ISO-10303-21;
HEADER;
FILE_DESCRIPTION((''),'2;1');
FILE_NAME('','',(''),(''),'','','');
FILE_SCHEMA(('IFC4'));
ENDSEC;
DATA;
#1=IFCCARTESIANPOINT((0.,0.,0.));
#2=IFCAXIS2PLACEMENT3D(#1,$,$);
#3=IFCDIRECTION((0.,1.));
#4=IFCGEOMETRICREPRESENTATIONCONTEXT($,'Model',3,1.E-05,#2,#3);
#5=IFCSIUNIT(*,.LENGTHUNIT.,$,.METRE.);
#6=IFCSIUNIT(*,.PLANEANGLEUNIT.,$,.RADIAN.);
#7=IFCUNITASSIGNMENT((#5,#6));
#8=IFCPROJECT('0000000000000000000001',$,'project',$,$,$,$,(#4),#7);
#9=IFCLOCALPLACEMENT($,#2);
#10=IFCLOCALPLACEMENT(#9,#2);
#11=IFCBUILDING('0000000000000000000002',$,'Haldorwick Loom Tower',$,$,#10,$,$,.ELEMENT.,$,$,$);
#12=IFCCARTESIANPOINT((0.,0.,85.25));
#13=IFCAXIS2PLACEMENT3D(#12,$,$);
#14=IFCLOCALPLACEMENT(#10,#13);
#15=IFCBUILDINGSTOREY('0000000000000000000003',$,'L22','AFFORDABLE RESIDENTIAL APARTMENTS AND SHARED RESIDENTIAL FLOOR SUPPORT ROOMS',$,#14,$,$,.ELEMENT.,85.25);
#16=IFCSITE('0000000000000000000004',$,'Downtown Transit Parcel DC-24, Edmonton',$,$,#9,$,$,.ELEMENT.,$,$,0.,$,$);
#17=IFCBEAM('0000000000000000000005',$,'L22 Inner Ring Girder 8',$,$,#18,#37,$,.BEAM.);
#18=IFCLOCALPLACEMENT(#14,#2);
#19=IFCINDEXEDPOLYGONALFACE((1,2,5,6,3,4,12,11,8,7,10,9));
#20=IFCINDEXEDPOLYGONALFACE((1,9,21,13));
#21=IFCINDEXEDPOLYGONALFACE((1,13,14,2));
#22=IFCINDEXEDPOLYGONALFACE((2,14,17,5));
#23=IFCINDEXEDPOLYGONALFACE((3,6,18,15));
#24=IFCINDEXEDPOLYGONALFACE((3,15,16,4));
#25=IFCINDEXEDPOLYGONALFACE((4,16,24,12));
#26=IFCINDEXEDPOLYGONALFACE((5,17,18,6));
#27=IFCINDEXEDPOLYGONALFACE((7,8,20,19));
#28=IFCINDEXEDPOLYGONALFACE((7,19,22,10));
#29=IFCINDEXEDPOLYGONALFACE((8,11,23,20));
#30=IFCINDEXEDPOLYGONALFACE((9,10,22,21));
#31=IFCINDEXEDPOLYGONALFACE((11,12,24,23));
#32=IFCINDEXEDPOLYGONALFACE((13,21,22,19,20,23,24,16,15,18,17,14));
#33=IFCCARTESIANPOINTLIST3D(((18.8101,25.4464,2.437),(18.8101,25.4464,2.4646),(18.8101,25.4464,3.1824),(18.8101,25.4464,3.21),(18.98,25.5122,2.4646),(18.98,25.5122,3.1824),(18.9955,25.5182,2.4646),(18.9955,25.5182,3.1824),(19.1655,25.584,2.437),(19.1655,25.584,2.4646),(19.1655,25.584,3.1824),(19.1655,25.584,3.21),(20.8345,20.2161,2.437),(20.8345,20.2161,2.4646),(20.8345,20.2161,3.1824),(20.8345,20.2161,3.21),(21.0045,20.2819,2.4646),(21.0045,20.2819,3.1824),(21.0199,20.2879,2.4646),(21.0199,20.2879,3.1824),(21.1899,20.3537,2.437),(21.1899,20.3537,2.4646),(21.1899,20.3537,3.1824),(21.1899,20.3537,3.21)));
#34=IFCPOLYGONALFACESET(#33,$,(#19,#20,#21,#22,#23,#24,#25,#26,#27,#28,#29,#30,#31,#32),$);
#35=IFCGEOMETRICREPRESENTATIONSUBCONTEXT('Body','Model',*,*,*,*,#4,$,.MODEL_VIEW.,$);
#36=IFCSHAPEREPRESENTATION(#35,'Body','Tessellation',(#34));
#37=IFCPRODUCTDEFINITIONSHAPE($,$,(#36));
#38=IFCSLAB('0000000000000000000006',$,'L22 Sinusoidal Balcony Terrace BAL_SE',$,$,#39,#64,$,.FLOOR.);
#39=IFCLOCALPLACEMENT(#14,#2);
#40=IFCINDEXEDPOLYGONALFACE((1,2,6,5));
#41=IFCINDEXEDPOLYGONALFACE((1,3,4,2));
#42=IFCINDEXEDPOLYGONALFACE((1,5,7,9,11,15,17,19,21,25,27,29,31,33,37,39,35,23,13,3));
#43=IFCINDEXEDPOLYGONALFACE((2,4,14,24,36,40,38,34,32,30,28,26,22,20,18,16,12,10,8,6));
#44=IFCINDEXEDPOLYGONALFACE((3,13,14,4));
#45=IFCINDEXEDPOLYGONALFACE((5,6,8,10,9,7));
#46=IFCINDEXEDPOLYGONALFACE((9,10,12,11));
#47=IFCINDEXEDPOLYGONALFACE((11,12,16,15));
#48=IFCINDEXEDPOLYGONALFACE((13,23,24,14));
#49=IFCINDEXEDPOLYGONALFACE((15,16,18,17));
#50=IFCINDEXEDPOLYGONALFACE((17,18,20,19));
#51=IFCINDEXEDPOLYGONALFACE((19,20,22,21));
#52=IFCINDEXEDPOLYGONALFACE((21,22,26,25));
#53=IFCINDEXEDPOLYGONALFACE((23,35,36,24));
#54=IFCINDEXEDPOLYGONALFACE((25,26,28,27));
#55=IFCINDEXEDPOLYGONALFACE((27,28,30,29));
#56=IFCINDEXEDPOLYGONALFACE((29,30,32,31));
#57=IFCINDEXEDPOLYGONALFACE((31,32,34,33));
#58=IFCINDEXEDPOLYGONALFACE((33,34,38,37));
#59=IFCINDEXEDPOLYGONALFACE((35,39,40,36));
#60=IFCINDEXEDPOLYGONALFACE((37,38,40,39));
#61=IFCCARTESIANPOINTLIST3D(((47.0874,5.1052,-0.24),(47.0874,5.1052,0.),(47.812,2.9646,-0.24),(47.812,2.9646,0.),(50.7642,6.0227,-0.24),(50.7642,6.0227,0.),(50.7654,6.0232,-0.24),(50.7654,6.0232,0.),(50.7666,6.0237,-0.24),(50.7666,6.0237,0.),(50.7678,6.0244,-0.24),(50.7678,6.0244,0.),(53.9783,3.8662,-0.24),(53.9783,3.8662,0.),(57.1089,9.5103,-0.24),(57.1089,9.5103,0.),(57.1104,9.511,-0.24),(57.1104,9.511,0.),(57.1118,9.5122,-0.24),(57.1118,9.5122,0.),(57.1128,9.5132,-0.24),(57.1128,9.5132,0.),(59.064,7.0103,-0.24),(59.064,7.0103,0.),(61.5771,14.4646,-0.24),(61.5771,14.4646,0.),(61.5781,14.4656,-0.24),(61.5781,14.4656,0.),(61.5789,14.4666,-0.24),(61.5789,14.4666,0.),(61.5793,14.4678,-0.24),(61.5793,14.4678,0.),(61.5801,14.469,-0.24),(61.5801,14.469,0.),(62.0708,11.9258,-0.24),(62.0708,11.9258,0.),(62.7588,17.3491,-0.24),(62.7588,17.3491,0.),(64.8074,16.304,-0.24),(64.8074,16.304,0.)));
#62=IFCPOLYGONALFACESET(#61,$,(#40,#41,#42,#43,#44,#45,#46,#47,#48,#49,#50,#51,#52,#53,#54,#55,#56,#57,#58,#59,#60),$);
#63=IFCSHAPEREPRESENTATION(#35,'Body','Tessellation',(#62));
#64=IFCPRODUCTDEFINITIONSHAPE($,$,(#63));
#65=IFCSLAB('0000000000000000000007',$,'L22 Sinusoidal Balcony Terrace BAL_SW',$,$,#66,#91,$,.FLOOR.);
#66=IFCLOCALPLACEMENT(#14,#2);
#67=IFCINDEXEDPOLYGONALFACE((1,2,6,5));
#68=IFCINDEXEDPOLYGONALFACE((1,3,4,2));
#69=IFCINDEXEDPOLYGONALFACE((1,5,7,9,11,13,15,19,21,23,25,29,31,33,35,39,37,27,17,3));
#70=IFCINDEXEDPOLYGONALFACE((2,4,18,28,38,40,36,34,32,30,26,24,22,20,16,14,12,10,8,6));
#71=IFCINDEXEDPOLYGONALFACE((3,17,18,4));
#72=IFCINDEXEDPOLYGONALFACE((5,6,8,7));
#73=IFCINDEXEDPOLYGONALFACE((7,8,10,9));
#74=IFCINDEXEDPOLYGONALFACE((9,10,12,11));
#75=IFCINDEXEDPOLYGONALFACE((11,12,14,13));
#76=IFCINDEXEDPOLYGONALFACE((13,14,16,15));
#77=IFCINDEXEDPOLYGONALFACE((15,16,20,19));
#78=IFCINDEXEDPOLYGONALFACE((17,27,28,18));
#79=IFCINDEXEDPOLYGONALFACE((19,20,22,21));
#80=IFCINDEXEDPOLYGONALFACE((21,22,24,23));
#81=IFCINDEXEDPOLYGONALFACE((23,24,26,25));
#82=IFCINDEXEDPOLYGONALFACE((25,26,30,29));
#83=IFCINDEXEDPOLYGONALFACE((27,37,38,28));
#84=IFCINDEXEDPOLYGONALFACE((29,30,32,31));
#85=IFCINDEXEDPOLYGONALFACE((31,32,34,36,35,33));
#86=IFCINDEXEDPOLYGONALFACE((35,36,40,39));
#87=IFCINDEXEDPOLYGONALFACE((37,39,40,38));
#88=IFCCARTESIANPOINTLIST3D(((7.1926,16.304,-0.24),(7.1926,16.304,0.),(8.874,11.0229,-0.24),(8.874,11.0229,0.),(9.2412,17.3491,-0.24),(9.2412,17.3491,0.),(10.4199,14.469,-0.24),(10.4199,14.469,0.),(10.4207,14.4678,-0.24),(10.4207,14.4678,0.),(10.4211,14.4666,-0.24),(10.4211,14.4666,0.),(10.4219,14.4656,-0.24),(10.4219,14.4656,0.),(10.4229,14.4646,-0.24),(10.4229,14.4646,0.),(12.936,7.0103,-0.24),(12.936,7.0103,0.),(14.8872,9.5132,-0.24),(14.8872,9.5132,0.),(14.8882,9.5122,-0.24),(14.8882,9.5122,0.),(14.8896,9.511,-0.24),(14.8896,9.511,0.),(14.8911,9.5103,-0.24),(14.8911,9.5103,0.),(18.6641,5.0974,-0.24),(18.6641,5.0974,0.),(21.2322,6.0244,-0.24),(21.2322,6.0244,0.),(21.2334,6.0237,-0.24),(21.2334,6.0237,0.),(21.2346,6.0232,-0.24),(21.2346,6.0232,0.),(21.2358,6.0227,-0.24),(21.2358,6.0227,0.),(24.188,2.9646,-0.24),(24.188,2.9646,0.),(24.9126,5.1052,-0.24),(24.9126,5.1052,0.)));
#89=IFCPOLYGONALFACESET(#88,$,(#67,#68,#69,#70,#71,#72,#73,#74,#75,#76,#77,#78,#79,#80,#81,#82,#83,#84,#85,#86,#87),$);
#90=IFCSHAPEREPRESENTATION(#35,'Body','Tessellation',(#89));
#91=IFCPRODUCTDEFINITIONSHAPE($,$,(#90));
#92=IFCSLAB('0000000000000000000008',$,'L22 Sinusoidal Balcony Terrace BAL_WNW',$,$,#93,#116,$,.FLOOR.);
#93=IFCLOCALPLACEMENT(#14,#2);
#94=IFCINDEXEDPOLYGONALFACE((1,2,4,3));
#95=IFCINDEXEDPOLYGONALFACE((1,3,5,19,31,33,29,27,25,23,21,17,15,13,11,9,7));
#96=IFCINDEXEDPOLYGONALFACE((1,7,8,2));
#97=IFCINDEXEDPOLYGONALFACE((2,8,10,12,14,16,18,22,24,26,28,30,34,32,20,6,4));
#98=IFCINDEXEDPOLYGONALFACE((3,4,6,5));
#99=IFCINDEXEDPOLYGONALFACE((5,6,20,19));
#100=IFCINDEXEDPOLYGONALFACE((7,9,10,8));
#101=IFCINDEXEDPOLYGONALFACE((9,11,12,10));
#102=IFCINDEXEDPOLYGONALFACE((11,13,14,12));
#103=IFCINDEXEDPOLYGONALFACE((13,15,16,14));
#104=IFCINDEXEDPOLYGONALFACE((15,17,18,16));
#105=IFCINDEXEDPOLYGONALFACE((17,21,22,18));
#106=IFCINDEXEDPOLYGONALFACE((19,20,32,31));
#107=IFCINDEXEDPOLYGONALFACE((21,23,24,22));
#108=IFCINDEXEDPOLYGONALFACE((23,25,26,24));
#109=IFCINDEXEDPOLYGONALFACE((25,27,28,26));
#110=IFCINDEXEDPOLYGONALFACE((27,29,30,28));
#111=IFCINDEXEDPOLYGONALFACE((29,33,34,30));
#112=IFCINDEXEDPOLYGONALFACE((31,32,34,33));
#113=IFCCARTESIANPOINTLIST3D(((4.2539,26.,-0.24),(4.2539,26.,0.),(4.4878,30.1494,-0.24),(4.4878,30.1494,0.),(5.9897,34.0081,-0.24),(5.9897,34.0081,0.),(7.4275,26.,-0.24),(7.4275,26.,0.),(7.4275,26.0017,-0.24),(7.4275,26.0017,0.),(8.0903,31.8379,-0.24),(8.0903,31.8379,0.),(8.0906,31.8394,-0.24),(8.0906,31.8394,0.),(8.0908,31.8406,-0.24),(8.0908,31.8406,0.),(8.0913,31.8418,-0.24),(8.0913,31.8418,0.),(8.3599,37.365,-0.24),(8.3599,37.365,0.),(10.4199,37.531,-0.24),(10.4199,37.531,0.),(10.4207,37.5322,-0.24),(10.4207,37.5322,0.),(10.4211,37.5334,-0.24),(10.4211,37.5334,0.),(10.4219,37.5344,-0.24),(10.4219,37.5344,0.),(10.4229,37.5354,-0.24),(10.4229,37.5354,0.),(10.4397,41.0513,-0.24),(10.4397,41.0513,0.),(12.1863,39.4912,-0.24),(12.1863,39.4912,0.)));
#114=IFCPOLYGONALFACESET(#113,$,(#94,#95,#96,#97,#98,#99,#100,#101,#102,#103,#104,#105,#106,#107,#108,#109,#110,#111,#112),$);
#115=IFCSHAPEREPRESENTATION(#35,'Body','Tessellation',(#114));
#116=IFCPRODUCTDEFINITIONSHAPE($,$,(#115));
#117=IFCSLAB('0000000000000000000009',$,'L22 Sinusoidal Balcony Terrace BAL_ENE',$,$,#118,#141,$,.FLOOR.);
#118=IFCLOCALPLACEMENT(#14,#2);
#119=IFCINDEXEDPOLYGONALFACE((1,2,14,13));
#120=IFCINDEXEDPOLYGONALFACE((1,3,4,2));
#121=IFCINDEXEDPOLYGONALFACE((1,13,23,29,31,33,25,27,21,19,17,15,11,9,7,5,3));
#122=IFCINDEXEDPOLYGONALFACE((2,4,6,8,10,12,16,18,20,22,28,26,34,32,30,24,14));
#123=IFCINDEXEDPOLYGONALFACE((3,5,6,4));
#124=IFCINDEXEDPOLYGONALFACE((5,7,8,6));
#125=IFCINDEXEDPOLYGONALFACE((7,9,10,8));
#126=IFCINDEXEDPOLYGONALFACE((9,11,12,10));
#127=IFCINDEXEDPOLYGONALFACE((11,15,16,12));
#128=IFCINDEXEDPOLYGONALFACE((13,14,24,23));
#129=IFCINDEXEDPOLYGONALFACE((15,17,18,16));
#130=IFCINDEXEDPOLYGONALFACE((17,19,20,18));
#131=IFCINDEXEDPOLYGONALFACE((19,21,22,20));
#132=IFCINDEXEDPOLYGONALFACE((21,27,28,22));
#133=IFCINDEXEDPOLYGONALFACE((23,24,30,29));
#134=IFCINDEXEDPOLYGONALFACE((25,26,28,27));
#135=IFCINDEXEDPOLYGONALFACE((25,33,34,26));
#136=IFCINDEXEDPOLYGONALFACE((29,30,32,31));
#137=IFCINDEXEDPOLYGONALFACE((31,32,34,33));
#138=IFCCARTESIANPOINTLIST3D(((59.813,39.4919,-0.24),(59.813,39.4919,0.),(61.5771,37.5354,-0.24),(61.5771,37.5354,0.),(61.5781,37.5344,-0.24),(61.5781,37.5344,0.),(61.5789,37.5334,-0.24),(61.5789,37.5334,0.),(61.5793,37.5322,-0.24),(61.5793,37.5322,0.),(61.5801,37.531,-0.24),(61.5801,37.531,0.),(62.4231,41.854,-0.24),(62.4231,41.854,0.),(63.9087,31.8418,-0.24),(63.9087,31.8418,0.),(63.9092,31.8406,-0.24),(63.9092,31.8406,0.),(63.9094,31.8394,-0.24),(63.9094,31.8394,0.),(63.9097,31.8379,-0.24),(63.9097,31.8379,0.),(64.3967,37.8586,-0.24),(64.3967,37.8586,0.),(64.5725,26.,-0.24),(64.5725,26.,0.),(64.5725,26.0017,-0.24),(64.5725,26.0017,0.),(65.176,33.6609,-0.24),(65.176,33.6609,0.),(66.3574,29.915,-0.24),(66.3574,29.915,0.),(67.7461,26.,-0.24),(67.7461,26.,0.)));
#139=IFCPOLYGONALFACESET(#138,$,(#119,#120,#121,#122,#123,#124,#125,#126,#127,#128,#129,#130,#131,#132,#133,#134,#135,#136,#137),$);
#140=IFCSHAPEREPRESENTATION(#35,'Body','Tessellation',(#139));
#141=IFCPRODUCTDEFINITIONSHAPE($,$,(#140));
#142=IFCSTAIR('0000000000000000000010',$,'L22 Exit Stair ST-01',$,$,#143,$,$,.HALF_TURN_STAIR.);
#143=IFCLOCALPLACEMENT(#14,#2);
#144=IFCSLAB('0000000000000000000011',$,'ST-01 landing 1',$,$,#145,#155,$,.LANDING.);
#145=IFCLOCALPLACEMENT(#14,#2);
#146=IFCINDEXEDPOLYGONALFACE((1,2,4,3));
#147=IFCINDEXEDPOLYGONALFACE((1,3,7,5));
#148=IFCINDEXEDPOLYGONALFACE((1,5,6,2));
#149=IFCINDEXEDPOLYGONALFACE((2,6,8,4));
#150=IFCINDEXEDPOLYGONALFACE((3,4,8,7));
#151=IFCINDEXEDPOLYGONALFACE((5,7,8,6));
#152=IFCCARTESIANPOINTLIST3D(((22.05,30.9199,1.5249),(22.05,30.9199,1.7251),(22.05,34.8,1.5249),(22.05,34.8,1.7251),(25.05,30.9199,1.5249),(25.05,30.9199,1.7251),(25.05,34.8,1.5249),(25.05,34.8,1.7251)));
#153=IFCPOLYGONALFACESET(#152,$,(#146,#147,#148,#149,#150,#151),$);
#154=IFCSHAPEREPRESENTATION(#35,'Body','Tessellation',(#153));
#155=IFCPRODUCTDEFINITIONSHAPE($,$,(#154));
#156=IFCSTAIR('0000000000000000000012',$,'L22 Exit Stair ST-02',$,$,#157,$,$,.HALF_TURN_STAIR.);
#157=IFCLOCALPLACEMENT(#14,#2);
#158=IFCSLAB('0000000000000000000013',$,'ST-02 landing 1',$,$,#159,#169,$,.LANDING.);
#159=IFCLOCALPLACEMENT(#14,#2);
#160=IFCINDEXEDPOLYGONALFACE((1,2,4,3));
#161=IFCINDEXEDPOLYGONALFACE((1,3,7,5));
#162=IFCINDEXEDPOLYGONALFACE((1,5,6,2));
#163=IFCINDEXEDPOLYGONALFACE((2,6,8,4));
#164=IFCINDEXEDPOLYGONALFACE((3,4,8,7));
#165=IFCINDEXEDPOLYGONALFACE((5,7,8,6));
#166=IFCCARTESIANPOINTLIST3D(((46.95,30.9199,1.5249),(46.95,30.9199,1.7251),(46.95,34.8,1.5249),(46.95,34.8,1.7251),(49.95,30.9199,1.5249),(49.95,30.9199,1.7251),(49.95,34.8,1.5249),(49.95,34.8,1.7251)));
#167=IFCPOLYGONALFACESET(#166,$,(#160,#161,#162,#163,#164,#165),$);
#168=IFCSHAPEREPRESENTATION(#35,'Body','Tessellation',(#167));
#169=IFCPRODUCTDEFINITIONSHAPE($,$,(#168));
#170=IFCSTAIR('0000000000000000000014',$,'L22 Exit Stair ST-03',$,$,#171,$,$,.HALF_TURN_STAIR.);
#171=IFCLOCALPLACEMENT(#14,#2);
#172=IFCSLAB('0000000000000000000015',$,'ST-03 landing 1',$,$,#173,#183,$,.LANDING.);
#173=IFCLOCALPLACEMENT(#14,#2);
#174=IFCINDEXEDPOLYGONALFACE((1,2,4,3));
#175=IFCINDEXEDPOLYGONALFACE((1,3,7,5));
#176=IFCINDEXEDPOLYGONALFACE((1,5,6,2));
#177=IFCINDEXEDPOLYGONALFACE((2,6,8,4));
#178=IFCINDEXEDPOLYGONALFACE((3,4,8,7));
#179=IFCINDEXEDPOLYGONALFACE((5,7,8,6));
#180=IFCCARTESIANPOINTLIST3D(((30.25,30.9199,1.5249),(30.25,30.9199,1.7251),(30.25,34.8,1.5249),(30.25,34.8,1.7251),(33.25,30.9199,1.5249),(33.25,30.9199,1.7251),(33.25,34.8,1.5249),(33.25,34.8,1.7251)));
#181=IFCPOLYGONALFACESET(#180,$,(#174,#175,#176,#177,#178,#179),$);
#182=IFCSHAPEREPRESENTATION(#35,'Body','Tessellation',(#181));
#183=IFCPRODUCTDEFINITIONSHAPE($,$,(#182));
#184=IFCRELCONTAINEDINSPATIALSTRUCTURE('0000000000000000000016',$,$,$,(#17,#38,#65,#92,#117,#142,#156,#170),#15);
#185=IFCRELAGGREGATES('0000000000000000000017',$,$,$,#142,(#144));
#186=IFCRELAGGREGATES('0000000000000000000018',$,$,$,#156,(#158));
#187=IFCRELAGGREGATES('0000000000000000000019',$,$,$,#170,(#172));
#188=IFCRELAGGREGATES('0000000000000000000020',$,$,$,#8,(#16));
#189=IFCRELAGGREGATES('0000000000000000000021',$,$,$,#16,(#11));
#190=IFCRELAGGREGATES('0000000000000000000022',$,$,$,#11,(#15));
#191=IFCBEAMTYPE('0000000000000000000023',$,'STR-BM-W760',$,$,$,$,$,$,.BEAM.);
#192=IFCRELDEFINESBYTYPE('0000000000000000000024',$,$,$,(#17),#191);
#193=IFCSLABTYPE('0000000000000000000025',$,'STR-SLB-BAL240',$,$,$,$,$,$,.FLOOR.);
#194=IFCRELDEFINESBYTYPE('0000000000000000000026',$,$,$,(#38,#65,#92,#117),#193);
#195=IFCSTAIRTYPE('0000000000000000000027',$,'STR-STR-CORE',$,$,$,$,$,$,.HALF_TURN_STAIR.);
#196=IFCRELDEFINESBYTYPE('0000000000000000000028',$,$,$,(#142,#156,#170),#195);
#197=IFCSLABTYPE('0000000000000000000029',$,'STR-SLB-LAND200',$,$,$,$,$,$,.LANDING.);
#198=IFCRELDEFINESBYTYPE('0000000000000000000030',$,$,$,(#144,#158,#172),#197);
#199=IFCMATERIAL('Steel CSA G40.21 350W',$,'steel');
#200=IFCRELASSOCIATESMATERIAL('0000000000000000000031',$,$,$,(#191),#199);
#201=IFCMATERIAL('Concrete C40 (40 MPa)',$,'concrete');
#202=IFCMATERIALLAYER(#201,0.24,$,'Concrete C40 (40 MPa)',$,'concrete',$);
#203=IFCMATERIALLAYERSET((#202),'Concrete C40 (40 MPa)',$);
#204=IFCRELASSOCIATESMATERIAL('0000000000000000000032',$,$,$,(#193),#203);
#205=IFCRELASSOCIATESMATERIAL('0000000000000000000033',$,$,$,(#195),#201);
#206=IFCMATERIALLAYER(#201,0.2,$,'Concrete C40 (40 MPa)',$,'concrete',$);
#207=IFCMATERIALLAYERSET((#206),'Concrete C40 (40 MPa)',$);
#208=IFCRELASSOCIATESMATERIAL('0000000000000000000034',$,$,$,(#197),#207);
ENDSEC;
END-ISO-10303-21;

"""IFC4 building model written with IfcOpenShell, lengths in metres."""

from ifc_helpers import new_model, si_unit, direction, frame, origin, origin_2d, place, context, subcontext, project, spatial, polyline, i_section, outline, extrude, material, layer, layer_set, material_profile, profile_set, type_object, element, aggregate, save


model = new_model("IFC4")

# Units and contexts
model_context = context("Model", 3, precision=1e-05, world=origin(), true_north=direction((0.0, 1.0)))
body_context = subcontext(model_context, "Body", "Model", "MODEL_VIEW")
ifc_project = project(units=[si_unit("LENGTHUNIT", "METRE"), si_unit("PLANEANGLEUNIT", "RADIAN")], contexts=[model_context])

# Site, building, storey
site_placement = place(None, origin())
site = spatial("IfcSite", under=ifc_project, at=site_placement, Name="Downtown Transit Parcel DC-24, Edmonton", CompositionType="ELEMENT", RefElevation=0.0)
building_placement = place(site_placement, origin())
building = spatial("IfcBuilding", under=site, at=building_placement, Name="Haldorwick Loom Tower", CompositionType="ELEMENT")
storey_placement = place(building_placement, frame((0.0, 0.0, 85.25)))
storey = spatial("IfcBuildingStorey", under=building, at=storey_placement, Name="L22", Description="AFFORDABLE RESIDENTIAL APARTMENTS AND SHARED RESIDENTIAL FLOOR SUPPORT ROOMS", CompositionType="ELEMENT", Elevation=85.25)

# Beam
ifc_material_1 = material(Name="Steel CSA G40.21 350W", Category="steel")
ifc_material_profile_1 = material_profile(ifc_material_1, i_section(OverallWidth=0.3811, OverallDepth=0.7729, WebThickness=0.0166, FlangeThickness=0.0276, at=origin_2d()), Name="W760X257", Category="steel")
ifc_profile_set_1 = profile_set([ifc_material_profile_1], Name="Steel CSA G40.21 350W")
beam_type_1 = type_object("IfcBeamType", Name="STR-BM-W760", PredefinedType="BEAM", material=ifc_profile_set_1)
beam_1_placement = place(storey_placement, frame((21.0122, 20.2849, 2.8235), z_axis=(-0.360965, 0.932579, 0.0), x_axis=(-0.932579, -0.360965, 0.0)))
element("IfcBeam", 1, at=beam_1_placement, inside=storey, type_object=beam_type_1, Name="L22 Inner Ring Girder 8", PredefinedType="BEAM", context=body_context, shape_type="SweptSolid", body=[
    extrude(i_section(OverallWidth=0.3811, OverallDepth=0.7729, WebThickness=0.0166, FlangeThickness=0.0276, at=origin_2d()), origin(), (0.0, 0.0, 1.0), 5.6084),
])

# Slabs
ifc_material_2 = material(Name="Concrete C40 (40 MPa)", Category="concrete")
ifc_layer_1 = layer(ifc_material_2, 0.24, Name="Concrete C40 (40 MPa)", Category="concrete")
ifc_layer_set_1 = layer_set([ifc_layer_1], Name="Concrete C40 (40 MPa)")
slab_type_1 = type_object("IfcSlabType", Name="STR-SLB-BAL240", PredefinedType="FLOOR", material=ifc_layer_set_1)
slab_1_placement = place(storey_placement, frame((0.0, 0.0, -0.24)))
element("IfcSlab", 2, at=slab_1_placement, inside=storey, type_object=slab_type_1, Name="L22 Sinusoidal Balcony Terrace BAL_SE", PredefinedType="FLOOR", context=body_context, shape_type="SweptSolid", body=[
    extrude(outline(polyline([(62.7588, 17.3491), (61.5801, 14.469), (61.5793, 14.4678), (61.5789, 14.4666), (61.5781, 14.4656), (61.5771, 14.4646), (57.1128, 9.5132), (57.1118, 9.5122), (57.1104, 9.511), (57.1089, 9.5103), (50.7678, 6.0244), (50.7666, 6.0237), (50.7654, 6.0232), (50.7642, 6.0227), (47.0874, 5.1052), (47.812, 2.9646), (53.9783, 3.8662), (59.064, 7.0103), (62.0708, 11.9258), (64.8074, 16.304), (62.7588, 17.3491)])), origin(), (0.0, 0.0, 1.0), 0.24),
])
slab_2_placement = place(storey_placement, frame((0.0, 0.0, -0.24)))
element("IfcSlab", 3, at=slab_2_placement, inside=storey, type_object=slab_type_1, Name="L22 Sinusoidal Balcony Terrace BAL_SW", PredefinedType="FLOOR", context=body_context, shape_type="SweptSolid", body=[
    extrude(outline(polyline([(24.9126, 5.1052), (21.2358, 6.0227), (21.2346, 6.0232), (21.2334, 6.0237), (21.2322, 6.0244), (14.8911, 9.5103), (14.8896, 9.511), (14.8882, 9.5122), (14.8872, 9.5132), (10.4229, 14.4646), (10.4219, 14.4656), (10.4211, 14.4666), (10.4207, 14.4678), (10.4199, 14.469), (9.2412, 17.3491), (7.1926, 16.304), (8.874, 11.0229), (12.936, 7.0103), (18.6641, 5.0974), (24.188, 2.9646), (24.9126, 5.1052)])), origin(), (0.0, 0.0, 1.0), 0.24),
])
slab_3_placement = place(storey_placement, frame((0.0, 0.0, -0.24)))
element("IfcSlab", 4, at=slab_3_placement, inside=storey, type_object=slab_type_1, Name="L22 Sinusoidal Balcony Terrace BAL_WNW", PredefinedType="FLOOR", context=body_context, shape_type="SweptSolid", body=[
    extrude(outline(polyline([(7.4275, 26.0), (7.4275, 26.0017), (8.0903, 31.8379), (8.0906, 31.8394), (8.0908, 31.8406), (8.0913, 31.8418), (10.4199, 37.531), (10.4207, 37.5322), (10.4211, 37.5334), (10.4219, 37.5344), (10.4229, 37.5354), (12.1863, 39.4912), (10.4397, 41.0513), (8.3599, 37.365), (5.9897, 34.0081), (4.4878, 30.1494), (4.2539, 26.0), (7.4275, 26.0)])), origin(), (0.0, 0.0, 1.0), 0.24),
])
slab_4_placement = place(storey_placement, frame((0.0, 0.0, -0.24)))
element("IfcSlab", 5, at=slab_4_placement, inside=storey, type_object=slab_type_1, Name="L22 Sinusoidal Balcony Terrace BAL_ENE", PredefinedType="FLOOR", context=body_context, shape_type="SweptSolid", body=[
    extrude(outline(polyline([(59.813, 39.4919), (61.5771, 37.5354), (61.5781, 37.5344), (61.5789, 37.5334), (61.5793, 37.5322), (61.5801, 37.531), (63.9087, 31.8418), (63.9092, 31.8406), (63.9094, 31.8394), (63.9097, 31.8379), (64.5725, 26.0017), (64.5725, 26.0), (67.7461, 26.0), (66.3574, 29.915), (65.176, 33.6609), (64.3967, 37.8586), (62.4231, 41.854), (59.813, 39.4919)])), origin(), (0.0, 0.0, 1.0), 0.24),
])

# Stairs, slabs
stair_type = type_object("IfcStairType", Name="STR-STR-CORE", PredefinedType="HALF_TURN_STAIR", material=ifc_material_2)
stair_1_placement = place(storey_placement, origin())
stair_1 = element("IfcStair", 6, at=stair_1_placement, inside=storey, type_object=stair_type, Name="L22 Exit Stair ST-01", PredefinedType="HALF_TURN_STAIR")
ifc_layer_2 = layer(ifc_material_2, 0.2, Name="Concrete C40 (40 MPa)", Category="concrete")
ifc_layer_set_2 = layer_set([ifc_layer_2], Name="Concrete C40 (40 MPa)")
slab_type_2 = type_object("IfcSlabType", Name="STR-SLB-LAND200", PredefinedType="LANDING", material=ifc_layer_set_2)
slab_5_placement = place(storey_placement, frame((0.0, 0.0, 1.5249)))
slab_5 = element("IfcSlab", 7, at=slab_5_placement, type_object=slab_type_2, Name="ST-01 landing 1", PredefinedType="LANDING", context=body_context, shape_type="SweptSolid", body=[
    extrude(outline(polyline([(25.05, 30.9199), (25.05, 34.8), (22.05, 34.8), (22.05, 30.9199), (25.05, 30.9199)])), origin(), (0.0, 0.0, 1.0), 0.2002),
])
aggregate(stair_1, [slab_5])
stair_2_placement = place(storey_placement, origin())
stair_2 = element("IfcStair", 8, at=stair_2_placement, inside=storey, type_object=stair_type, Name="L22 Exit Stair ST-02", PredefinedType="HALF_TURN_STAIR")
slab_6_placement = place(storey_placement, frame((0.0, 0.0, 1.5249)))
slab_6 = element("IfcSlab", 9, at=slab_6_placement, type_object=slab_type_2, Name="ST-02 landing 1", PredefinedType="LANDING", context=body_context, shape_type="SweptSolid", body=[
    extrude(outline(polyline([(49.95, 30.9199), (49.95, 34.8), (46.95, 34.8), (46.95, 30.9199), (49.95, 30.9199)])), origin(), (0.0, 0.0, 1.0), 0.2002),
])
aggregate(stair_2, [slab_6])
stair_3_placement = place(storey_placement, origin())
stair_3 = element("IfcStair", 10, at=stair_3_placement, inside=storey, type_object=stair_type, Name="L22 Exit Stair ST-03", PredefinedType="HALF_TURN_STAIR")
slab_7_placement = place(storey_placement, frame((0.0, 0.0, 1.5249)))
slab_7 = element("IfcSlab", 11, at=slab_7_placement, type_object=slab_type_2, Name="ST-03 landing 1", PredefinedType="LANDING", context=body_context, shape_type="SweptSolid", body=[
    extrude(outline(polyline([(33.25, 30.9199), (33.25, 34.8), (30.25, 34.8), (30.25, 30.9199), (33.25, 30.9199)])), origin(), (0.0, 0.0, 1.0), 0.2002),
])
aggregate(stair_3, [slab_7])

save(model, "model.ifc")
